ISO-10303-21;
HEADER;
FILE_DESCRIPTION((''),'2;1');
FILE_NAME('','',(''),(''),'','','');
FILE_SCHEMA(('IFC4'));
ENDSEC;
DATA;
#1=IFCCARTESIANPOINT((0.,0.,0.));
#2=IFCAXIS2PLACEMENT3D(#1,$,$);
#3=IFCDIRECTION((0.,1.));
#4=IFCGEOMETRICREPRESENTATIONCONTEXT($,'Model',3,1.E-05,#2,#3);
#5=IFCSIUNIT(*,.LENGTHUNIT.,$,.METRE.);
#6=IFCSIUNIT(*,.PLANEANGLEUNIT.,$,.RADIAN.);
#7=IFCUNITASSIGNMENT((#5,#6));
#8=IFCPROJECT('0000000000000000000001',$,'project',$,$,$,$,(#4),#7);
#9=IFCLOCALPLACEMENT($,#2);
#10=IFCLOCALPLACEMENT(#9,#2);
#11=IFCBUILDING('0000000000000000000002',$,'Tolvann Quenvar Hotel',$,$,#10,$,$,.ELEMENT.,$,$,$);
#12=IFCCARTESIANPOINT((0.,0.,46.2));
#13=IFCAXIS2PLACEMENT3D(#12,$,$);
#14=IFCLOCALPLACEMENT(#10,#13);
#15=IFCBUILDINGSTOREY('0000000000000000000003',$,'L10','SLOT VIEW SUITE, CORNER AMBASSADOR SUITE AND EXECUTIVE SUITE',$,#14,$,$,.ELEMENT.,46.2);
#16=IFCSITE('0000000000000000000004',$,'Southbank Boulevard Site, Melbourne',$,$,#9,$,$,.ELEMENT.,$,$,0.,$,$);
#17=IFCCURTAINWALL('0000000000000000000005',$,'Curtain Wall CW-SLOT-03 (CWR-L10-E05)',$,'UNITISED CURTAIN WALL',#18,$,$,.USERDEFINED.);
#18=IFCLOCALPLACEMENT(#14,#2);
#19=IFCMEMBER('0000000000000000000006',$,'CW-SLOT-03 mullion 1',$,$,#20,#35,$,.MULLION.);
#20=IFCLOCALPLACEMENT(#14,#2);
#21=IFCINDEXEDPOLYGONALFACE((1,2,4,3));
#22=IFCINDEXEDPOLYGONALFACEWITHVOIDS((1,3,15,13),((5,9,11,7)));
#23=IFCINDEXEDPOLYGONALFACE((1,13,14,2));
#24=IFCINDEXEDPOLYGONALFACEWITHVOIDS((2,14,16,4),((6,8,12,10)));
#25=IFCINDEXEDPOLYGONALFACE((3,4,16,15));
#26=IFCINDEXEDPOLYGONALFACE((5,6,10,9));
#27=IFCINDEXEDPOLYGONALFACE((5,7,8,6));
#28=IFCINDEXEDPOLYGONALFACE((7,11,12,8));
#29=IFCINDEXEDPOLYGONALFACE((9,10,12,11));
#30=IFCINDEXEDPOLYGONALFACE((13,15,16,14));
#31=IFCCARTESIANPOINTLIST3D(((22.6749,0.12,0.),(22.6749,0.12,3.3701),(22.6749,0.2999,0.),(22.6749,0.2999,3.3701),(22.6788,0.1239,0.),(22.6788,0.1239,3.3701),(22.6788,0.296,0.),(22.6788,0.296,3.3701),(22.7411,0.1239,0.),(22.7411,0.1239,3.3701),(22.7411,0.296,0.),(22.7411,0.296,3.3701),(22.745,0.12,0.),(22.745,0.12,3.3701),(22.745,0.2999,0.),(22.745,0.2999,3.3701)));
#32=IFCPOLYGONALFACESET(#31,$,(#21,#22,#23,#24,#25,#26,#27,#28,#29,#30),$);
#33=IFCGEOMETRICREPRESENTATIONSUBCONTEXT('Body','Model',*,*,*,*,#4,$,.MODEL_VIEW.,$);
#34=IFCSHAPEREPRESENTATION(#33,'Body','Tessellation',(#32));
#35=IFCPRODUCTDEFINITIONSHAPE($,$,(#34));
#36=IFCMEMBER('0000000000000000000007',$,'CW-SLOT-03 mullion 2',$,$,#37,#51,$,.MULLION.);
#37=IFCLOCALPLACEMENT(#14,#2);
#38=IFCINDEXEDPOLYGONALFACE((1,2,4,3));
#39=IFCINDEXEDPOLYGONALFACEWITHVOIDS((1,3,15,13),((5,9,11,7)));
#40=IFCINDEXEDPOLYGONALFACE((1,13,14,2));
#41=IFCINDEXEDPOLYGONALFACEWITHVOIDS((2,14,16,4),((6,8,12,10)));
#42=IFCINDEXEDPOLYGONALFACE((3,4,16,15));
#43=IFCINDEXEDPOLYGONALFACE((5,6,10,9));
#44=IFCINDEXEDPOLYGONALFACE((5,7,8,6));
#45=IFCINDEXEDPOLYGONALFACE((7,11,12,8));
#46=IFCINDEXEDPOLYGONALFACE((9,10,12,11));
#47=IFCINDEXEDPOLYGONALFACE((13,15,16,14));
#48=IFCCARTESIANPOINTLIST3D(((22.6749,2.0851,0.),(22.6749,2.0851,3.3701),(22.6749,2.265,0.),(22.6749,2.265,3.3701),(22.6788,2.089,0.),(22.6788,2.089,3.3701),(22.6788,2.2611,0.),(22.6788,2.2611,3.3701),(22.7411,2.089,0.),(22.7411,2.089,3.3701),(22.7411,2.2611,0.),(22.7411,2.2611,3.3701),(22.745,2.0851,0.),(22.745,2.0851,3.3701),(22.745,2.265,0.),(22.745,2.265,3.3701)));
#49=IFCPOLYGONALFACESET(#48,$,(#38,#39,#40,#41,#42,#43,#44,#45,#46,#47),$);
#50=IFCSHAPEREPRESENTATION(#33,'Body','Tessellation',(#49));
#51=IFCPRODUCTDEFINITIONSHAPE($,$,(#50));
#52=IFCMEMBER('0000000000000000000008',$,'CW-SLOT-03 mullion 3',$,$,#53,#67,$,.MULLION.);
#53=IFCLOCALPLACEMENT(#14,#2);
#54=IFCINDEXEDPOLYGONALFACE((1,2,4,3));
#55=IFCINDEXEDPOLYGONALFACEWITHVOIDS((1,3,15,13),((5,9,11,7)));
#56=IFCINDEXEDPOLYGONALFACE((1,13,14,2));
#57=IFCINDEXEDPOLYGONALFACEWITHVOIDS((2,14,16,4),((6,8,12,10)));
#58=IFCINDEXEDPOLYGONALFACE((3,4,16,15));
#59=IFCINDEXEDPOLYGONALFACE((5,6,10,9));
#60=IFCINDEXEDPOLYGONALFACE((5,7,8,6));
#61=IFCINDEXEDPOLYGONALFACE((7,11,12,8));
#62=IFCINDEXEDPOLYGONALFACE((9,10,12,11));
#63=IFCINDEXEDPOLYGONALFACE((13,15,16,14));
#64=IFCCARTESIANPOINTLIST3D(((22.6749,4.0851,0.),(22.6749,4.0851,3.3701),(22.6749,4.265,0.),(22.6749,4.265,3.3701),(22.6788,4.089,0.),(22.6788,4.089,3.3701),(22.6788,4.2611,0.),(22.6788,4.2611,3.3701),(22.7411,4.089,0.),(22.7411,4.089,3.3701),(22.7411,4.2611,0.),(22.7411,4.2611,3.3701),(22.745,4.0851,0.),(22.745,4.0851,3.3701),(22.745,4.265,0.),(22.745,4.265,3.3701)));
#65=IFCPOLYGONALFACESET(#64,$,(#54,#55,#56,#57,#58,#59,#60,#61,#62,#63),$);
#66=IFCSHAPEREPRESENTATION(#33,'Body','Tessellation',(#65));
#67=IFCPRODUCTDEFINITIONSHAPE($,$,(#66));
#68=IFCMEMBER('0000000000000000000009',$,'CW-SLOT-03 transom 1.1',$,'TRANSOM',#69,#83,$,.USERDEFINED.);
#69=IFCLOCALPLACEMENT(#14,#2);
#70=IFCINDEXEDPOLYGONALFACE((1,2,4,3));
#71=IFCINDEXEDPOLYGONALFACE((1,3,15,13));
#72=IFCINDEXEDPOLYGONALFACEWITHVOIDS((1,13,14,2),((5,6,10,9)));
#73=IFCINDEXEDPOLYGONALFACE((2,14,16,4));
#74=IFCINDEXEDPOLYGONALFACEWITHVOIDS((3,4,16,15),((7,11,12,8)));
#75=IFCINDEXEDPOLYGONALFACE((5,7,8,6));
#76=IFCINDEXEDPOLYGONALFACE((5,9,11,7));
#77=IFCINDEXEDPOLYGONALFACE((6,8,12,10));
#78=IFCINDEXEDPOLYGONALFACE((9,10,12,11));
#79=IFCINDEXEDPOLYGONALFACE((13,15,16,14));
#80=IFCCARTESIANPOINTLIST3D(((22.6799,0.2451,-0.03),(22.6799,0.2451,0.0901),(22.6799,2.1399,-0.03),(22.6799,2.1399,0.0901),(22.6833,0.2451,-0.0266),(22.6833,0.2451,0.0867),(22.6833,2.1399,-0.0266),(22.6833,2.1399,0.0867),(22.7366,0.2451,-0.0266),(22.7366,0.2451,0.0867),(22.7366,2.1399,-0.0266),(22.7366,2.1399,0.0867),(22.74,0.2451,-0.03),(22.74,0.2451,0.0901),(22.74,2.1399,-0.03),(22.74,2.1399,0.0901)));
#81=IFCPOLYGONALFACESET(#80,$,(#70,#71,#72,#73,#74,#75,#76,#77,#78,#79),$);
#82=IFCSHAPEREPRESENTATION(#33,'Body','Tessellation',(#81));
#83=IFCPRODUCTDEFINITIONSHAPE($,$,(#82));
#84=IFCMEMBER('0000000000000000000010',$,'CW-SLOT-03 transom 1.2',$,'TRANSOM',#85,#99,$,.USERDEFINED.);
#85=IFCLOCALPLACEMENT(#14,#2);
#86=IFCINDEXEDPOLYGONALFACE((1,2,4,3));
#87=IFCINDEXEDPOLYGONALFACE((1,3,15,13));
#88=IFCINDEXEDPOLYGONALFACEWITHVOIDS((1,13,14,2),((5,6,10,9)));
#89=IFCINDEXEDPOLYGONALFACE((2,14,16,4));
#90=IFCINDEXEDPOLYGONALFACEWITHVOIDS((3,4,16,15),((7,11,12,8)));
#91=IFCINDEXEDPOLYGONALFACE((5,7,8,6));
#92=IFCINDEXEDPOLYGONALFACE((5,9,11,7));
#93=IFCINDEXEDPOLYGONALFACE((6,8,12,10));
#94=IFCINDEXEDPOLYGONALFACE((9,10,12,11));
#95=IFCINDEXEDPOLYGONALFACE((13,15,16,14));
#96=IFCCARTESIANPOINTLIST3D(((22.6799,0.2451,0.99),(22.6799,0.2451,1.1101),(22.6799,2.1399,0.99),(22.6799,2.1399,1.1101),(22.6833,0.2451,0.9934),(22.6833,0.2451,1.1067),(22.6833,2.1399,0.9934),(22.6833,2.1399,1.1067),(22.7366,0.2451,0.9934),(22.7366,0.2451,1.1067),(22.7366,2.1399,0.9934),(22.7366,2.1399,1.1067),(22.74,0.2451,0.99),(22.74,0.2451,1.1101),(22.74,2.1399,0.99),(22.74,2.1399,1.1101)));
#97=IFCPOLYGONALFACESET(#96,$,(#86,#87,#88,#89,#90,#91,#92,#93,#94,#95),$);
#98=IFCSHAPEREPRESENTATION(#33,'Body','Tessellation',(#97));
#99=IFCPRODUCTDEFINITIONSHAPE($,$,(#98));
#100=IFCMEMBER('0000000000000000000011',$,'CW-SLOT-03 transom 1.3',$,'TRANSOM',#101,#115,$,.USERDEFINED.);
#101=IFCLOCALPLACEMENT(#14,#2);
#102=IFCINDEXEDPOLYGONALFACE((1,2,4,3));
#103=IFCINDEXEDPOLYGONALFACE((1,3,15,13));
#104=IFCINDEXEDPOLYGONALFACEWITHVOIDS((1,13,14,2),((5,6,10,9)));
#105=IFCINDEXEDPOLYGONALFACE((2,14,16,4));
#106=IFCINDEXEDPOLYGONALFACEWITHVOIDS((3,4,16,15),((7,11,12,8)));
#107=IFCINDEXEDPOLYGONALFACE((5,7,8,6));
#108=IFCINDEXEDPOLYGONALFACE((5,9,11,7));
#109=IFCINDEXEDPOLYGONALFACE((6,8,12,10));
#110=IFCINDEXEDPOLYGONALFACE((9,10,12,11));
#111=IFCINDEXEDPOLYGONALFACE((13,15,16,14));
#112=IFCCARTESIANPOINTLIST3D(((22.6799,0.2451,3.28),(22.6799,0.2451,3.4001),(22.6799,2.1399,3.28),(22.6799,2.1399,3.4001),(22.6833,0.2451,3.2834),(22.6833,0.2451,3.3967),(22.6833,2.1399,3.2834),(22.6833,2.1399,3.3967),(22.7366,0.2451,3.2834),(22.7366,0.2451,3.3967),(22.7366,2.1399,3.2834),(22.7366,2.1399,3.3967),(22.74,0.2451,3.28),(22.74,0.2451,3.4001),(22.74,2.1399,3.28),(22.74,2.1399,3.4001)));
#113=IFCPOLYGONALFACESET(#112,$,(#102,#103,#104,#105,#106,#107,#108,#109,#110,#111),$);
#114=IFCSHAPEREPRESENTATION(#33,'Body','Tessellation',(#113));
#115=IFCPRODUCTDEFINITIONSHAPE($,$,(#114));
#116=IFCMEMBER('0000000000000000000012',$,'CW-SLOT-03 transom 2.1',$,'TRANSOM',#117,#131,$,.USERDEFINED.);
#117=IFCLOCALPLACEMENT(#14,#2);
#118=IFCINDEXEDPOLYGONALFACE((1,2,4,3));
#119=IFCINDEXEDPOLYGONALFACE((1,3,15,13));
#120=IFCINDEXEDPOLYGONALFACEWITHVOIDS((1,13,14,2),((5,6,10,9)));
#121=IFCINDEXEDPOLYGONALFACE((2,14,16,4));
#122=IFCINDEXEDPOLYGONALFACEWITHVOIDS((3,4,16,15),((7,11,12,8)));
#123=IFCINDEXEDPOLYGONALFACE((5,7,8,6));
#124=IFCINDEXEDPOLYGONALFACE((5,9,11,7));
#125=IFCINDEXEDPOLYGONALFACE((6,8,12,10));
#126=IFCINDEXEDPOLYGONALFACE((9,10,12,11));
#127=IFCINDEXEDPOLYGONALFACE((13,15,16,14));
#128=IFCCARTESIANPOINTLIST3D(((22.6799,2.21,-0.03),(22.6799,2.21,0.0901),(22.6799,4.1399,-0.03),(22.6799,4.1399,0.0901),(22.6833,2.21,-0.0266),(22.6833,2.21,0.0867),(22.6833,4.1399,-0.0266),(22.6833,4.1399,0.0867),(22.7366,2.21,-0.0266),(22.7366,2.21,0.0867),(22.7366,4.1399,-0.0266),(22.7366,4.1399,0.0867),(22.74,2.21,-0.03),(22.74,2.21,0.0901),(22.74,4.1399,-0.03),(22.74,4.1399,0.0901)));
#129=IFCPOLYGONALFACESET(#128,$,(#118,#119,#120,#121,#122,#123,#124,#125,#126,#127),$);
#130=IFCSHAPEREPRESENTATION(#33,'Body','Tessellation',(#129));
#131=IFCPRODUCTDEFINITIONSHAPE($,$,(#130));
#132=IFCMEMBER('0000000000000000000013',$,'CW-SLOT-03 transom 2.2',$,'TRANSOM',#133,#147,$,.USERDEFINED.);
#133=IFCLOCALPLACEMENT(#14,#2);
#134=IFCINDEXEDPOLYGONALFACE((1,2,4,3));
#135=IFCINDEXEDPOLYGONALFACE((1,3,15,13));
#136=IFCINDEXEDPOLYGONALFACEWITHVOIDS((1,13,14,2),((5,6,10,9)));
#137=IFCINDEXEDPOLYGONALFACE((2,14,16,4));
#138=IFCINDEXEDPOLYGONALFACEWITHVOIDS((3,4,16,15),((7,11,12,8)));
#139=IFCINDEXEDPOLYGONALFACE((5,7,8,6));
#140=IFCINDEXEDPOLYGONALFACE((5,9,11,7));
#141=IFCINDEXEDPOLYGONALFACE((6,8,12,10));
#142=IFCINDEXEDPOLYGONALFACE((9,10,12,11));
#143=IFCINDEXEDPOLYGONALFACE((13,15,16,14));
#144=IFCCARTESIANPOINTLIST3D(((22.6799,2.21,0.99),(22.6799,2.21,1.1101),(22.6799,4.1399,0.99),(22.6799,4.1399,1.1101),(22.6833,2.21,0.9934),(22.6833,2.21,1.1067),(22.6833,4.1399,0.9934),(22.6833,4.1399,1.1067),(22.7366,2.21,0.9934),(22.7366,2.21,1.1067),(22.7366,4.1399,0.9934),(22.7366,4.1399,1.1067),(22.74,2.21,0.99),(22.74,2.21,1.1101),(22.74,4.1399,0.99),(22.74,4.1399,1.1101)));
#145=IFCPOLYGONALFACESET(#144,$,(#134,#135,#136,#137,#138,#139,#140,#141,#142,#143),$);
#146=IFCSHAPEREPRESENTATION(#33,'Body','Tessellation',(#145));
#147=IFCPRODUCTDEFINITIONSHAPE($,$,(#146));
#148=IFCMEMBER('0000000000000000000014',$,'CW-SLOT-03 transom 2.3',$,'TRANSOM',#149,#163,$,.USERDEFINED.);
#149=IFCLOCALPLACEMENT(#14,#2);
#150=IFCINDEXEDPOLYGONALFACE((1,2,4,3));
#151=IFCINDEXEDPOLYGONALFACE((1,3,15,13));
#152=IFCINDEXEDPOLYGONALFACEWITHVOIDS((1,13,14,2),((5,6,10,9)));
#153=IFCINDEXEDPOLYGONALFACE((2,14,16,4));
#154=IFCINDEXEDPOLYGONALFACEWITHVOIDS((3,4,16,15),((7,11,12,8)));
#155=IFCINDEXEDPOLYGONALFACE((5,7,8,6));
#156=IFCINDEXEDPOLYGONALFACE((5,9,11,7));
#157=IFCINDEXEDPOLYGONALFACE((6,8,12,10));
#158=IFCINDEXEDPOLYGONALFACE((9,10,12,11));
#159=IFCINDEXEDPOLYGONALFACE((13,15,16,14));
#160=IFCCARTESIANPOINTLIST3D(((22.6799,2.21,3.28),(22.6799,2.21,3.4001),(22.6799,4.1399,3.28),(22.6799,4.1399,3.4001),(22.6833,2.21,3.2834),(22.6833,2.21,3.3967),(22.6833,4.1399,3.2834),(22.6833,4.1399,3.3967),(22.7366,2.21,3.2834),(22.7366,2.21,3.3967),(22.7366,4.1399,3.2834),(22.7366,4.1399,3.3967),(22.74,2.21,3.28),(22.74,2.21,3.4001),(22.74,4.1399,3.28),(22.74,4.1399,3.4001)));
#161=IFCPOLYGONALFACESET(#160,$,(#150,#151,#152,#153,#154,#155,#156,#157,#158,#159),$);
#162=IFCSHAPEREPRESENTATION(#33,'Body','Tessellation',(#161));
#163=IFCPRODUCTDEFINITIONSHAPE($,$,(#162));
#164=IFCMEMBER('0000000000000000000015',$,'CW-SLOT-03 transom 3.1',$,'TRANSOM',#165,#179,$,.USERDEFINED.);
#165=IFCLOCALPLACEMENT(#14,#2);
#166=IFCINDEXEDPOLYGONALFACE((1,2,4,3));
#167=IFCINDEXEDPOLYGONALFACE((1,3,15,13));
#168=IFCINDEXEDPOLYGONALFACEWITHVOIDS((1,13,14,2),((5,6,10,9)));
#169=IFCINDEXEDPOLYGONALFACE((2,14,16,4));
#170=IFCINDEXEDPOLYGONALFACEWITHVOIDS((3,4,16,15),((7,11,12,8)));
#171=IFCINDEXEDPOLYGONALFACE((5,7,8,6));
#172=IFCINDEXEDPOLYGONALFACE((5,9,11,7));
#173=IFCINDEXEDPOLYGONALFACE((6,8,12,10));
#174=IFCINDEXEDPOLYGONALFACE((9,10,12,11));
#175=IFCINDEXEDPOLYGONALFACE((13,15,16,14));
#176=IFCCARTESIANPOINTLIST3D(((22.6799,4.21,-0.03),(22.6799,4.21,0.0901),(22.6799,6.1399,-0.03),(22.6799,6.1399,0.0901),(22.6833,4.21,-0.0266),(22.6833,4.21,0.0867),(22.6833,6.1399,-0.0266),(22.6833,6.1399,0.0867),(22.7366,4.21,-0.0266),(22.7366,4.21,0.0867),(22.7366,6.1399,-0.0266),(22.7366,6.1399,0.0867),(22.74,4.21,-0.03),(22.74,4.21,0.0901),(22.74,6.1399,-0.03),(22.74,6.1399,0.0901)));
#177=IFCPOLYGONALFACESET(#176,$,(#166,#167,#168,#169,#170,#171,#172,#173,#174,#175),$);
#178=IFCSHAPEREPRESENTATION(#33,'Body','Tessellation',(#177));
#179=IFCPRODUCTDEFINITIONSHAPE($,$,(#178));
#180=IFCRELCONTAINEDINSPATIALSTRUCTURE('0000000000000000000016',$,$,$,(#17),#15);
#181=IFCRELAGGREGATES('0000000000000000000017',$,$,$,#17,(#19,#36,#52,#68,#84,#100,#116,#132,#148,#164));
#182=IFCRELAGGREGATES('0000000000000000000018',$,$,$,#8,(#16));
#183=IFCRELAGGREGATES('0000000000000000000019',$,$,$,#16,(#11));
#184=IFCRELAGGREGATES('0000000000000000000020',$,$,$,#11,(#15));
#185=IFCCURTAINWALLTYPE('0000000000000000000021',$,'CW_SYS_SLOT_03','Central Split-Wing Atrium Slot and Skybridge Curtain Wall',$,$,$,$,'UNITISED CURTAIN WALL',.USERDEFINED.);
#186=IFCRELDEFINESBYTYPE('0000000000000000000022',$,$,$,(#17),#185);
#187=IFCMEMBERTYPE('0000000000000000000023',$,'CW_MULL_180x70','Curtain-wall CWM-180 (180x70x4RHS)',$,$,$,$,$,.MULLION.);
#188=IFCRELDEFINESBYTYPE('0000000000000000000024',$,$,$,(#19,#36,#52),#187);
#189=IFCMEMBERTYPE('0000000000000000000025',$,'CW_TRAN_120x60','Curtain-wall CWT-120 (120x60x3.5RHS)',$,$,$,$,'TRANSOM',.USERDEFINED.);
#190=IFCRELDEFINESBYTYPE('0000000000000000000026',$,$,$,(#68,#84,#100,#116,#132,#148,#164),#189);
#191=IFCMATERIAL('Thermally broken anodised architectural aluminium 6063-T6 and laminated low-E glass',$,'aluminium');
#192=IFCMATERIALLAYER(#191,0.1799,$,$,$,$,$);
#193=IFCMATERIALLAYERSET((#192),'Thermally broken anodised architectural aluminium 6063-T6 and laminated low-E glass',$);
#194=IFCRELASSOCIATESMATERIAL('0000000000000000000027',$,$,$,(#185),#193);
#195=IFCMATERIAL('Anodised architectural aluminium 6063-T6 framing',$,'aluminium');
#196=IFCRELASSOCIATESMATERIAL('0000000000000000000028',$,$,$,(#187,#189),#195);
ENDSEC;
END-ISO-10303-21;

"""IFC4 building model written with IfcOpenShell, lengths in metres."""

from ifc_helpers import new_model, si_unit, direction, frame, origin, origin_2d, place, context, subcontext, project, spatial, hollow_rectangle, extrude, source, transform, mapped, material, layer, layer_set, material_profile, profile_set, type_object, type_shapes, element, aggregate, save


model = new_model("IFC4")

# Units and contexts
model_context = context("Model", 3, precision=1e-05, world=origin(), true_north=direction((0.0, 1.0)))
body_context = subcontext(model_context, "Body", "Model", "MODEL_VIEW")
ifc_project = project(units=[si_unit("LENGTHUNIT", "METRE"), si_unit("PLANEANGLEUNIT", "RADIAN")], contexts=[model_context])

# Site, building, storey
site_placement = place(None, origin())
site = spatial("IfcSite", under=ifc_project, at=site_placement, Name="Southbank Boulevard Site, Melbourne", CompositionType="ELEMENT", RefElevation=0.0)
building_placement = place(site_placement, origin())
building = spatial("IfcBuilding", under=site, at=building_placement, Name="Tolvann Quenvar Hotel", CompositionType="ELEMENT")
storey_placement = place(building_placement, frame((0.0, 0.0, 46.2)))
storey = spatial("IfcBuildingStorey", under=building, at=storey_placement, Name="L10", Description="SLOT VIEW SUITE, CORNER AMBASSADOR SUITE AND EXECUTIVE SUITE", CompositionType="ELEMENT", Elevation=46.2)

# Curtain wall, members
ifc_material_1 = material(Name="Thermally broken anodised architectural aluminium 6063-T6 and laminated low-E glass", Category="aluminium")
ifc_layer_1 = layer(ifc_material_1, 0.1799)
ifc_layer_set_1 = layer_set([ifc_layer_1], Name="Thermally broken anodised architectural aluminium 6063-T6 and laminated low-E glass")
curtain_wall_type = type_object("IfcCurtainWallType", Name="CW_SYS_SLOT_03", Description="Central Split-Wing Atrium Slot and Skybridge Curtain Wall", ElementType="UNITISED CURTAIN WALL", PredefinedType="USERDEFINED", material=ifc_layer_set_1)
curtain_wall_placement = place(storey_placement, origin())
curtain_wall = element("IfcCurtainWall", 1, at=curtain_wall_placement, inside=storey, type_object=curtain_wall_type, Name="Curtain Wall CW-SLOT-03 (CWR-L10-E05)", ObjectType="UNITISED CURTAIN WALL", PredefinedType="USERDEFINED")
ifc_material_2 = material(Name="Anodised architectural aluminium 6063-T6 framing", Category="aluminium")
ifc_material_profile_1 = material_profile(ifc_material_2, hollow_rectangle(XDim=0.0701, YDim=0.1799, WallThickness=0.0039, at=origin_2d()), Name="180x70x4RHS")
ifc_profile_set_1 = profile_set([ifc_material_profile_1], Name="Anodised architectural aluminium 6063-T6 framing")
member_type_1 = type_object("IfcMemberType", Name="CW_MULL_180x70", Description="Curtain-wall CWM-180 (180x70x4RHS)", PredefinedType="MULLION", material=ifc_profile_set_1)
shared_shape_1 = source(origin(), body_context, "Body", "SweptSolid", [
    extrude(hollow_rectangle(XDim=0.0701, YDim=0.1799, WallThickness=0.0039, at=origin_2d()), origin(), (0.0, 0.0, 1.0), 3.3701),
])
type_shapes(member_type_1, [shared_shape_1])
member_1_placement = place(storey_placement, frame((22.71, 0.21, 0.0), z_axis=(0.0, 0.0, 1.0), x_axis=(-1.0, 0.0, 0.0)))
member_1 = element("IfcMember", 2, at=member_1_placement, type_object=member_type_1, Name="CW-SLOT-03 mullion 1", PredefinedType="MULLION", context=body_context, shape_type="MappedRepresentation", body=[
    mapped(shared_shape_1, transform((0.0, 0.0, 0.0), x_axis=(1.0, 0.0, 0.0), y_axis=(0.0, 1.0, 0.0), z_axis=(0.0, 0.0, 1.0), scale=1.0)),
])
member_2_placement = place(storey_placement, frame((22.71, 2.175, 0.0), z_axis=(0.0, 0.0, 1.0), x_axis=(-1.0, 0.0, 0.0)))
member_2 = element("IfcMember", 3, at=member_2_placement, type_object=member_type_1, Name="CW-SLOT-03 mullion 2", PredefinedType="MULLION", context=body_context, shape_type="MappedRepresentation", body=[
    mapped(shared_shape_1, transform((0.0, 0.0, 0.0), x_axis=(1.0, 0.0, 0.0), y_axis=(0.0, 1.0, 0.0), z_axis=(0.0, 0.0, 1.0), scale=1.0)),
])
member_3_placement = place(storey_placement, frame((22.71, 4.175, 0.0), z_axis=(0.0, 0.0, 1.0), x_axis=(-1.0, 0.0, 0.0)))
member_3 = element("IfcMember", 4, at=member_3_placement, type_object=member_type_1, Name="CW-SLOT-03 mullion 3", PredefinedType="MULLION", context=body_context, shape_type="MappedRepresentation", body=[
    mapped(shared_shape_1, transform((0.0, 0.0, 0.0), x_axis=(1.0, 0.0, 0.0), y_axis=(0.0, 1.0, 0.0), z_axis=(0.0, 0.0, 1.0), scale=1.0)),
])
ifc_material_profile_2 = material_profile(ifc_material_2, hollow_rectangle(XDim=0.0601, YDim=0.1201, WallThickness=0.0034, at=origin_2d()), Name="120x60x3.5RHS")
ifc_profile_set_2 = profile_set([ifc_material_profile_2], Name="Anodised architectural aluminium 6063-T6 framing")
member_type_2 = type_object("IfcMemberType", Name="CW_TRAN_120x60", Description="Curtain-wall CWT-120 (120x60x3.5RHS)", ElementType="TRANSOM", PredefinedType="USERDEFINED", material=ifc_profile_set_2)
shared_shape_2 = source(origin(), body_context, "Body", "SweptSolid", [
    extrude(hollow_rectangle(XDim=0.0601, YDim=0.1201, WallThickness=0.0034, at=origin_2d()), origin(), (0.0, 0.0, 1.0), 1.8948),
])
member_4_placement = place(storey_placement, frame((22.71, 0.2451, 0.03), z_axis=(0.0, 1.0, 0.0), x_axis=(-1.0, 0.0, 0.0)))
member_4 = element("IfcMember", 5, at=member_4_placement, type_object=member_type_2, Name="CW-SLOT-03 transom 1.1", ObjectType="TRANSOM", PredefinedType="USERDEFINED", context=body_context, shape_type="MappedRepresentation", body=[
    mapped(shared_shape_2, transform((0.0, 0.0, 0.0), x_axis=(1.0, 0.0, 0.0), y_axis=(0.0, 1.0, 0.0), z_axis=(0.0, 0.0, 1.0), scale=1.0)),
])
member_5_placement = place(storey_placement, frame((22.71, 0.2451, 1.05), z_axis=(0.0, 1.0, 0.0), x_axis=(-1.0, 0.0, 0.0)))
member_5 = element("IfcMember", 6, at=member_5_placement, type_object=member_type_2, Name="CW-SLOT-03 transom 1.2", ObjectType="TRANSOM", PredefinedType="USERDEFINED", context=body_context, shape_type="MappedRepresentation", body=[
    mapped(shared_shape_2, transform((0.0, 0.0, 0.0), x_axis=(1.0, 0.0, 0.0), y_axis=(0.0, 1.0, 0.0), z_axis=(0.0, 0.0, 1.0), scale=1.0)),
])
member_6_placement = place(storey_placement, frame((22.71, 0.2451, 3.3401), z_axis=(0.0, 1.0, 0.0), x_axis=(-1.0, 0.0, 0.0)))
member_6 = element("IfcMember", 7, at=member_6_placement, type_object=member_type_2, Name="CW-SLOT-03 transom 1.3", ObjectType="TRANSOM", PredefinedType="USERDEFINED", context=body_context, shape_type="MappedRepresentation", body=[
    mapped(shared_shape_2, transform((0.0, 0.0, 0.0), x_axis=(1.0, 0.0, 0.0), y_axis=(0.0, 1.0, 0.0), z_axis=(0.0, 0.0, 1.0), scale=1.0)),
])
shared_shape_3 = source(origin(), body_context, "Body", "SweptSolid", [
    extrude(hollow_rectangle(XDim=0.0601, YDim=0.1201, WallThickness=0.0034, at=origin_2d()), origin(), (0.0, 0.0, 1.0), 1.9299),
])
type_shapes(member_type_2, [shared_shape_2, shared_shape_3])
member_7_placement = place(storey_placement, frame((22.71, 2.21, 0.03), z_axis=(0.0, 1.0, 0.0), x_axis=(-1.0, 0.0, 0.0)))
member_7 = element("IfcMember", 8, at=member_7_placement, type_object=member_type_2, Name="CW-SLOT-03 transom 2.1", ObjectType="TRANSOM", PredefinedType="USERDEFINED", context=body_context, shape_type="MappedRepresentation", body=[
    mapped(shared_shape_3, transform((0.0, 0.0, 0.0), x_axis=(1.0, 0.0, 0.0), y_axis=(0.0, 1.0, 0.0), z_axis=(0.0, 0.0, 1.0), scale=1.0)),
])
member_8_placement = place(storey_placement, frame((22.71, 2.21, 1.05), z_axis=(0.0, 1.0, 0.0), x_axis=(-1.0, 0.0, 0.0)))
member_8 = element("IfcMember", 9, at=member_8_placement, type_object=member_type_2, Name="CW-SLOT-03 transom 2.2", ObjectType="TRANSOM", PredefinedType="USERDEFINED", context=body_context, shape_type="MappedRepresentation", body=[
    mapped(shared_shape_3, transform((0.0, 0.0, 0.0), x_axis=(1.0, 0.0, 0.0), y_axis=(0.0, 1.0, 0.0), z_axis=(0.0, 0.0, 1.0), scale=1.0)),
])
member_9_placement = place(storey_placement, frame((22.71, 2.21, 3.3401), z_axis=(0.0, 1.0, 0.0), x_axis=(-1.0, 0.0, 0.0)))
member_9 = element("IfcMember", 10, at=member_9_placement, type_object=member_type_2, Name="CW-SLOT-03 transom 2.3", ObjectType="TRANSOM", PredefinedType="USERDEFINED", context=body_context, shape_type="MappedRepresentation", body=[
    mapped(shared_shape_3, transform((0.0, 0.0, 0.0), x_axis=(1.0, 0.0, 0.0), y_axis=(0.0, 1.0, 0.0), z_axis=(0.0, 0.0, 1.0), scale=1.0)),
])
member_10_placement = place(storey_placement, frame((22.71, 4.21, 0.03), z_axis=(0.0, 1.0, 0.0), x_axis=(-1.0, 0.0, 0.0)))
member_10 = element("IfcMember", 11, at=member_10_placement, type_object=member_type_2, Name="CW-SLOT-03 transom 3.1", ObjectType="TRANSOM", PredefinedType="USERDEFINED", context=body_context, shape_type="MappedRepresentation", body=[
    mapped(shared_shape_3, transform((0.0, 0.0, 0.0), x_axis=(1.0, 0.0, 0.0), y_axis=(0.0, 1.0, 0.0), z_axis=(0.0, 0.0, 1.0), scale=1.0)),
])
aggregate(curtain_wall, [member_1, member_2, member_3, member_4, member_5, member_6, member_7, member_8, member_9, member_10])

save(model, "model.ifc")
